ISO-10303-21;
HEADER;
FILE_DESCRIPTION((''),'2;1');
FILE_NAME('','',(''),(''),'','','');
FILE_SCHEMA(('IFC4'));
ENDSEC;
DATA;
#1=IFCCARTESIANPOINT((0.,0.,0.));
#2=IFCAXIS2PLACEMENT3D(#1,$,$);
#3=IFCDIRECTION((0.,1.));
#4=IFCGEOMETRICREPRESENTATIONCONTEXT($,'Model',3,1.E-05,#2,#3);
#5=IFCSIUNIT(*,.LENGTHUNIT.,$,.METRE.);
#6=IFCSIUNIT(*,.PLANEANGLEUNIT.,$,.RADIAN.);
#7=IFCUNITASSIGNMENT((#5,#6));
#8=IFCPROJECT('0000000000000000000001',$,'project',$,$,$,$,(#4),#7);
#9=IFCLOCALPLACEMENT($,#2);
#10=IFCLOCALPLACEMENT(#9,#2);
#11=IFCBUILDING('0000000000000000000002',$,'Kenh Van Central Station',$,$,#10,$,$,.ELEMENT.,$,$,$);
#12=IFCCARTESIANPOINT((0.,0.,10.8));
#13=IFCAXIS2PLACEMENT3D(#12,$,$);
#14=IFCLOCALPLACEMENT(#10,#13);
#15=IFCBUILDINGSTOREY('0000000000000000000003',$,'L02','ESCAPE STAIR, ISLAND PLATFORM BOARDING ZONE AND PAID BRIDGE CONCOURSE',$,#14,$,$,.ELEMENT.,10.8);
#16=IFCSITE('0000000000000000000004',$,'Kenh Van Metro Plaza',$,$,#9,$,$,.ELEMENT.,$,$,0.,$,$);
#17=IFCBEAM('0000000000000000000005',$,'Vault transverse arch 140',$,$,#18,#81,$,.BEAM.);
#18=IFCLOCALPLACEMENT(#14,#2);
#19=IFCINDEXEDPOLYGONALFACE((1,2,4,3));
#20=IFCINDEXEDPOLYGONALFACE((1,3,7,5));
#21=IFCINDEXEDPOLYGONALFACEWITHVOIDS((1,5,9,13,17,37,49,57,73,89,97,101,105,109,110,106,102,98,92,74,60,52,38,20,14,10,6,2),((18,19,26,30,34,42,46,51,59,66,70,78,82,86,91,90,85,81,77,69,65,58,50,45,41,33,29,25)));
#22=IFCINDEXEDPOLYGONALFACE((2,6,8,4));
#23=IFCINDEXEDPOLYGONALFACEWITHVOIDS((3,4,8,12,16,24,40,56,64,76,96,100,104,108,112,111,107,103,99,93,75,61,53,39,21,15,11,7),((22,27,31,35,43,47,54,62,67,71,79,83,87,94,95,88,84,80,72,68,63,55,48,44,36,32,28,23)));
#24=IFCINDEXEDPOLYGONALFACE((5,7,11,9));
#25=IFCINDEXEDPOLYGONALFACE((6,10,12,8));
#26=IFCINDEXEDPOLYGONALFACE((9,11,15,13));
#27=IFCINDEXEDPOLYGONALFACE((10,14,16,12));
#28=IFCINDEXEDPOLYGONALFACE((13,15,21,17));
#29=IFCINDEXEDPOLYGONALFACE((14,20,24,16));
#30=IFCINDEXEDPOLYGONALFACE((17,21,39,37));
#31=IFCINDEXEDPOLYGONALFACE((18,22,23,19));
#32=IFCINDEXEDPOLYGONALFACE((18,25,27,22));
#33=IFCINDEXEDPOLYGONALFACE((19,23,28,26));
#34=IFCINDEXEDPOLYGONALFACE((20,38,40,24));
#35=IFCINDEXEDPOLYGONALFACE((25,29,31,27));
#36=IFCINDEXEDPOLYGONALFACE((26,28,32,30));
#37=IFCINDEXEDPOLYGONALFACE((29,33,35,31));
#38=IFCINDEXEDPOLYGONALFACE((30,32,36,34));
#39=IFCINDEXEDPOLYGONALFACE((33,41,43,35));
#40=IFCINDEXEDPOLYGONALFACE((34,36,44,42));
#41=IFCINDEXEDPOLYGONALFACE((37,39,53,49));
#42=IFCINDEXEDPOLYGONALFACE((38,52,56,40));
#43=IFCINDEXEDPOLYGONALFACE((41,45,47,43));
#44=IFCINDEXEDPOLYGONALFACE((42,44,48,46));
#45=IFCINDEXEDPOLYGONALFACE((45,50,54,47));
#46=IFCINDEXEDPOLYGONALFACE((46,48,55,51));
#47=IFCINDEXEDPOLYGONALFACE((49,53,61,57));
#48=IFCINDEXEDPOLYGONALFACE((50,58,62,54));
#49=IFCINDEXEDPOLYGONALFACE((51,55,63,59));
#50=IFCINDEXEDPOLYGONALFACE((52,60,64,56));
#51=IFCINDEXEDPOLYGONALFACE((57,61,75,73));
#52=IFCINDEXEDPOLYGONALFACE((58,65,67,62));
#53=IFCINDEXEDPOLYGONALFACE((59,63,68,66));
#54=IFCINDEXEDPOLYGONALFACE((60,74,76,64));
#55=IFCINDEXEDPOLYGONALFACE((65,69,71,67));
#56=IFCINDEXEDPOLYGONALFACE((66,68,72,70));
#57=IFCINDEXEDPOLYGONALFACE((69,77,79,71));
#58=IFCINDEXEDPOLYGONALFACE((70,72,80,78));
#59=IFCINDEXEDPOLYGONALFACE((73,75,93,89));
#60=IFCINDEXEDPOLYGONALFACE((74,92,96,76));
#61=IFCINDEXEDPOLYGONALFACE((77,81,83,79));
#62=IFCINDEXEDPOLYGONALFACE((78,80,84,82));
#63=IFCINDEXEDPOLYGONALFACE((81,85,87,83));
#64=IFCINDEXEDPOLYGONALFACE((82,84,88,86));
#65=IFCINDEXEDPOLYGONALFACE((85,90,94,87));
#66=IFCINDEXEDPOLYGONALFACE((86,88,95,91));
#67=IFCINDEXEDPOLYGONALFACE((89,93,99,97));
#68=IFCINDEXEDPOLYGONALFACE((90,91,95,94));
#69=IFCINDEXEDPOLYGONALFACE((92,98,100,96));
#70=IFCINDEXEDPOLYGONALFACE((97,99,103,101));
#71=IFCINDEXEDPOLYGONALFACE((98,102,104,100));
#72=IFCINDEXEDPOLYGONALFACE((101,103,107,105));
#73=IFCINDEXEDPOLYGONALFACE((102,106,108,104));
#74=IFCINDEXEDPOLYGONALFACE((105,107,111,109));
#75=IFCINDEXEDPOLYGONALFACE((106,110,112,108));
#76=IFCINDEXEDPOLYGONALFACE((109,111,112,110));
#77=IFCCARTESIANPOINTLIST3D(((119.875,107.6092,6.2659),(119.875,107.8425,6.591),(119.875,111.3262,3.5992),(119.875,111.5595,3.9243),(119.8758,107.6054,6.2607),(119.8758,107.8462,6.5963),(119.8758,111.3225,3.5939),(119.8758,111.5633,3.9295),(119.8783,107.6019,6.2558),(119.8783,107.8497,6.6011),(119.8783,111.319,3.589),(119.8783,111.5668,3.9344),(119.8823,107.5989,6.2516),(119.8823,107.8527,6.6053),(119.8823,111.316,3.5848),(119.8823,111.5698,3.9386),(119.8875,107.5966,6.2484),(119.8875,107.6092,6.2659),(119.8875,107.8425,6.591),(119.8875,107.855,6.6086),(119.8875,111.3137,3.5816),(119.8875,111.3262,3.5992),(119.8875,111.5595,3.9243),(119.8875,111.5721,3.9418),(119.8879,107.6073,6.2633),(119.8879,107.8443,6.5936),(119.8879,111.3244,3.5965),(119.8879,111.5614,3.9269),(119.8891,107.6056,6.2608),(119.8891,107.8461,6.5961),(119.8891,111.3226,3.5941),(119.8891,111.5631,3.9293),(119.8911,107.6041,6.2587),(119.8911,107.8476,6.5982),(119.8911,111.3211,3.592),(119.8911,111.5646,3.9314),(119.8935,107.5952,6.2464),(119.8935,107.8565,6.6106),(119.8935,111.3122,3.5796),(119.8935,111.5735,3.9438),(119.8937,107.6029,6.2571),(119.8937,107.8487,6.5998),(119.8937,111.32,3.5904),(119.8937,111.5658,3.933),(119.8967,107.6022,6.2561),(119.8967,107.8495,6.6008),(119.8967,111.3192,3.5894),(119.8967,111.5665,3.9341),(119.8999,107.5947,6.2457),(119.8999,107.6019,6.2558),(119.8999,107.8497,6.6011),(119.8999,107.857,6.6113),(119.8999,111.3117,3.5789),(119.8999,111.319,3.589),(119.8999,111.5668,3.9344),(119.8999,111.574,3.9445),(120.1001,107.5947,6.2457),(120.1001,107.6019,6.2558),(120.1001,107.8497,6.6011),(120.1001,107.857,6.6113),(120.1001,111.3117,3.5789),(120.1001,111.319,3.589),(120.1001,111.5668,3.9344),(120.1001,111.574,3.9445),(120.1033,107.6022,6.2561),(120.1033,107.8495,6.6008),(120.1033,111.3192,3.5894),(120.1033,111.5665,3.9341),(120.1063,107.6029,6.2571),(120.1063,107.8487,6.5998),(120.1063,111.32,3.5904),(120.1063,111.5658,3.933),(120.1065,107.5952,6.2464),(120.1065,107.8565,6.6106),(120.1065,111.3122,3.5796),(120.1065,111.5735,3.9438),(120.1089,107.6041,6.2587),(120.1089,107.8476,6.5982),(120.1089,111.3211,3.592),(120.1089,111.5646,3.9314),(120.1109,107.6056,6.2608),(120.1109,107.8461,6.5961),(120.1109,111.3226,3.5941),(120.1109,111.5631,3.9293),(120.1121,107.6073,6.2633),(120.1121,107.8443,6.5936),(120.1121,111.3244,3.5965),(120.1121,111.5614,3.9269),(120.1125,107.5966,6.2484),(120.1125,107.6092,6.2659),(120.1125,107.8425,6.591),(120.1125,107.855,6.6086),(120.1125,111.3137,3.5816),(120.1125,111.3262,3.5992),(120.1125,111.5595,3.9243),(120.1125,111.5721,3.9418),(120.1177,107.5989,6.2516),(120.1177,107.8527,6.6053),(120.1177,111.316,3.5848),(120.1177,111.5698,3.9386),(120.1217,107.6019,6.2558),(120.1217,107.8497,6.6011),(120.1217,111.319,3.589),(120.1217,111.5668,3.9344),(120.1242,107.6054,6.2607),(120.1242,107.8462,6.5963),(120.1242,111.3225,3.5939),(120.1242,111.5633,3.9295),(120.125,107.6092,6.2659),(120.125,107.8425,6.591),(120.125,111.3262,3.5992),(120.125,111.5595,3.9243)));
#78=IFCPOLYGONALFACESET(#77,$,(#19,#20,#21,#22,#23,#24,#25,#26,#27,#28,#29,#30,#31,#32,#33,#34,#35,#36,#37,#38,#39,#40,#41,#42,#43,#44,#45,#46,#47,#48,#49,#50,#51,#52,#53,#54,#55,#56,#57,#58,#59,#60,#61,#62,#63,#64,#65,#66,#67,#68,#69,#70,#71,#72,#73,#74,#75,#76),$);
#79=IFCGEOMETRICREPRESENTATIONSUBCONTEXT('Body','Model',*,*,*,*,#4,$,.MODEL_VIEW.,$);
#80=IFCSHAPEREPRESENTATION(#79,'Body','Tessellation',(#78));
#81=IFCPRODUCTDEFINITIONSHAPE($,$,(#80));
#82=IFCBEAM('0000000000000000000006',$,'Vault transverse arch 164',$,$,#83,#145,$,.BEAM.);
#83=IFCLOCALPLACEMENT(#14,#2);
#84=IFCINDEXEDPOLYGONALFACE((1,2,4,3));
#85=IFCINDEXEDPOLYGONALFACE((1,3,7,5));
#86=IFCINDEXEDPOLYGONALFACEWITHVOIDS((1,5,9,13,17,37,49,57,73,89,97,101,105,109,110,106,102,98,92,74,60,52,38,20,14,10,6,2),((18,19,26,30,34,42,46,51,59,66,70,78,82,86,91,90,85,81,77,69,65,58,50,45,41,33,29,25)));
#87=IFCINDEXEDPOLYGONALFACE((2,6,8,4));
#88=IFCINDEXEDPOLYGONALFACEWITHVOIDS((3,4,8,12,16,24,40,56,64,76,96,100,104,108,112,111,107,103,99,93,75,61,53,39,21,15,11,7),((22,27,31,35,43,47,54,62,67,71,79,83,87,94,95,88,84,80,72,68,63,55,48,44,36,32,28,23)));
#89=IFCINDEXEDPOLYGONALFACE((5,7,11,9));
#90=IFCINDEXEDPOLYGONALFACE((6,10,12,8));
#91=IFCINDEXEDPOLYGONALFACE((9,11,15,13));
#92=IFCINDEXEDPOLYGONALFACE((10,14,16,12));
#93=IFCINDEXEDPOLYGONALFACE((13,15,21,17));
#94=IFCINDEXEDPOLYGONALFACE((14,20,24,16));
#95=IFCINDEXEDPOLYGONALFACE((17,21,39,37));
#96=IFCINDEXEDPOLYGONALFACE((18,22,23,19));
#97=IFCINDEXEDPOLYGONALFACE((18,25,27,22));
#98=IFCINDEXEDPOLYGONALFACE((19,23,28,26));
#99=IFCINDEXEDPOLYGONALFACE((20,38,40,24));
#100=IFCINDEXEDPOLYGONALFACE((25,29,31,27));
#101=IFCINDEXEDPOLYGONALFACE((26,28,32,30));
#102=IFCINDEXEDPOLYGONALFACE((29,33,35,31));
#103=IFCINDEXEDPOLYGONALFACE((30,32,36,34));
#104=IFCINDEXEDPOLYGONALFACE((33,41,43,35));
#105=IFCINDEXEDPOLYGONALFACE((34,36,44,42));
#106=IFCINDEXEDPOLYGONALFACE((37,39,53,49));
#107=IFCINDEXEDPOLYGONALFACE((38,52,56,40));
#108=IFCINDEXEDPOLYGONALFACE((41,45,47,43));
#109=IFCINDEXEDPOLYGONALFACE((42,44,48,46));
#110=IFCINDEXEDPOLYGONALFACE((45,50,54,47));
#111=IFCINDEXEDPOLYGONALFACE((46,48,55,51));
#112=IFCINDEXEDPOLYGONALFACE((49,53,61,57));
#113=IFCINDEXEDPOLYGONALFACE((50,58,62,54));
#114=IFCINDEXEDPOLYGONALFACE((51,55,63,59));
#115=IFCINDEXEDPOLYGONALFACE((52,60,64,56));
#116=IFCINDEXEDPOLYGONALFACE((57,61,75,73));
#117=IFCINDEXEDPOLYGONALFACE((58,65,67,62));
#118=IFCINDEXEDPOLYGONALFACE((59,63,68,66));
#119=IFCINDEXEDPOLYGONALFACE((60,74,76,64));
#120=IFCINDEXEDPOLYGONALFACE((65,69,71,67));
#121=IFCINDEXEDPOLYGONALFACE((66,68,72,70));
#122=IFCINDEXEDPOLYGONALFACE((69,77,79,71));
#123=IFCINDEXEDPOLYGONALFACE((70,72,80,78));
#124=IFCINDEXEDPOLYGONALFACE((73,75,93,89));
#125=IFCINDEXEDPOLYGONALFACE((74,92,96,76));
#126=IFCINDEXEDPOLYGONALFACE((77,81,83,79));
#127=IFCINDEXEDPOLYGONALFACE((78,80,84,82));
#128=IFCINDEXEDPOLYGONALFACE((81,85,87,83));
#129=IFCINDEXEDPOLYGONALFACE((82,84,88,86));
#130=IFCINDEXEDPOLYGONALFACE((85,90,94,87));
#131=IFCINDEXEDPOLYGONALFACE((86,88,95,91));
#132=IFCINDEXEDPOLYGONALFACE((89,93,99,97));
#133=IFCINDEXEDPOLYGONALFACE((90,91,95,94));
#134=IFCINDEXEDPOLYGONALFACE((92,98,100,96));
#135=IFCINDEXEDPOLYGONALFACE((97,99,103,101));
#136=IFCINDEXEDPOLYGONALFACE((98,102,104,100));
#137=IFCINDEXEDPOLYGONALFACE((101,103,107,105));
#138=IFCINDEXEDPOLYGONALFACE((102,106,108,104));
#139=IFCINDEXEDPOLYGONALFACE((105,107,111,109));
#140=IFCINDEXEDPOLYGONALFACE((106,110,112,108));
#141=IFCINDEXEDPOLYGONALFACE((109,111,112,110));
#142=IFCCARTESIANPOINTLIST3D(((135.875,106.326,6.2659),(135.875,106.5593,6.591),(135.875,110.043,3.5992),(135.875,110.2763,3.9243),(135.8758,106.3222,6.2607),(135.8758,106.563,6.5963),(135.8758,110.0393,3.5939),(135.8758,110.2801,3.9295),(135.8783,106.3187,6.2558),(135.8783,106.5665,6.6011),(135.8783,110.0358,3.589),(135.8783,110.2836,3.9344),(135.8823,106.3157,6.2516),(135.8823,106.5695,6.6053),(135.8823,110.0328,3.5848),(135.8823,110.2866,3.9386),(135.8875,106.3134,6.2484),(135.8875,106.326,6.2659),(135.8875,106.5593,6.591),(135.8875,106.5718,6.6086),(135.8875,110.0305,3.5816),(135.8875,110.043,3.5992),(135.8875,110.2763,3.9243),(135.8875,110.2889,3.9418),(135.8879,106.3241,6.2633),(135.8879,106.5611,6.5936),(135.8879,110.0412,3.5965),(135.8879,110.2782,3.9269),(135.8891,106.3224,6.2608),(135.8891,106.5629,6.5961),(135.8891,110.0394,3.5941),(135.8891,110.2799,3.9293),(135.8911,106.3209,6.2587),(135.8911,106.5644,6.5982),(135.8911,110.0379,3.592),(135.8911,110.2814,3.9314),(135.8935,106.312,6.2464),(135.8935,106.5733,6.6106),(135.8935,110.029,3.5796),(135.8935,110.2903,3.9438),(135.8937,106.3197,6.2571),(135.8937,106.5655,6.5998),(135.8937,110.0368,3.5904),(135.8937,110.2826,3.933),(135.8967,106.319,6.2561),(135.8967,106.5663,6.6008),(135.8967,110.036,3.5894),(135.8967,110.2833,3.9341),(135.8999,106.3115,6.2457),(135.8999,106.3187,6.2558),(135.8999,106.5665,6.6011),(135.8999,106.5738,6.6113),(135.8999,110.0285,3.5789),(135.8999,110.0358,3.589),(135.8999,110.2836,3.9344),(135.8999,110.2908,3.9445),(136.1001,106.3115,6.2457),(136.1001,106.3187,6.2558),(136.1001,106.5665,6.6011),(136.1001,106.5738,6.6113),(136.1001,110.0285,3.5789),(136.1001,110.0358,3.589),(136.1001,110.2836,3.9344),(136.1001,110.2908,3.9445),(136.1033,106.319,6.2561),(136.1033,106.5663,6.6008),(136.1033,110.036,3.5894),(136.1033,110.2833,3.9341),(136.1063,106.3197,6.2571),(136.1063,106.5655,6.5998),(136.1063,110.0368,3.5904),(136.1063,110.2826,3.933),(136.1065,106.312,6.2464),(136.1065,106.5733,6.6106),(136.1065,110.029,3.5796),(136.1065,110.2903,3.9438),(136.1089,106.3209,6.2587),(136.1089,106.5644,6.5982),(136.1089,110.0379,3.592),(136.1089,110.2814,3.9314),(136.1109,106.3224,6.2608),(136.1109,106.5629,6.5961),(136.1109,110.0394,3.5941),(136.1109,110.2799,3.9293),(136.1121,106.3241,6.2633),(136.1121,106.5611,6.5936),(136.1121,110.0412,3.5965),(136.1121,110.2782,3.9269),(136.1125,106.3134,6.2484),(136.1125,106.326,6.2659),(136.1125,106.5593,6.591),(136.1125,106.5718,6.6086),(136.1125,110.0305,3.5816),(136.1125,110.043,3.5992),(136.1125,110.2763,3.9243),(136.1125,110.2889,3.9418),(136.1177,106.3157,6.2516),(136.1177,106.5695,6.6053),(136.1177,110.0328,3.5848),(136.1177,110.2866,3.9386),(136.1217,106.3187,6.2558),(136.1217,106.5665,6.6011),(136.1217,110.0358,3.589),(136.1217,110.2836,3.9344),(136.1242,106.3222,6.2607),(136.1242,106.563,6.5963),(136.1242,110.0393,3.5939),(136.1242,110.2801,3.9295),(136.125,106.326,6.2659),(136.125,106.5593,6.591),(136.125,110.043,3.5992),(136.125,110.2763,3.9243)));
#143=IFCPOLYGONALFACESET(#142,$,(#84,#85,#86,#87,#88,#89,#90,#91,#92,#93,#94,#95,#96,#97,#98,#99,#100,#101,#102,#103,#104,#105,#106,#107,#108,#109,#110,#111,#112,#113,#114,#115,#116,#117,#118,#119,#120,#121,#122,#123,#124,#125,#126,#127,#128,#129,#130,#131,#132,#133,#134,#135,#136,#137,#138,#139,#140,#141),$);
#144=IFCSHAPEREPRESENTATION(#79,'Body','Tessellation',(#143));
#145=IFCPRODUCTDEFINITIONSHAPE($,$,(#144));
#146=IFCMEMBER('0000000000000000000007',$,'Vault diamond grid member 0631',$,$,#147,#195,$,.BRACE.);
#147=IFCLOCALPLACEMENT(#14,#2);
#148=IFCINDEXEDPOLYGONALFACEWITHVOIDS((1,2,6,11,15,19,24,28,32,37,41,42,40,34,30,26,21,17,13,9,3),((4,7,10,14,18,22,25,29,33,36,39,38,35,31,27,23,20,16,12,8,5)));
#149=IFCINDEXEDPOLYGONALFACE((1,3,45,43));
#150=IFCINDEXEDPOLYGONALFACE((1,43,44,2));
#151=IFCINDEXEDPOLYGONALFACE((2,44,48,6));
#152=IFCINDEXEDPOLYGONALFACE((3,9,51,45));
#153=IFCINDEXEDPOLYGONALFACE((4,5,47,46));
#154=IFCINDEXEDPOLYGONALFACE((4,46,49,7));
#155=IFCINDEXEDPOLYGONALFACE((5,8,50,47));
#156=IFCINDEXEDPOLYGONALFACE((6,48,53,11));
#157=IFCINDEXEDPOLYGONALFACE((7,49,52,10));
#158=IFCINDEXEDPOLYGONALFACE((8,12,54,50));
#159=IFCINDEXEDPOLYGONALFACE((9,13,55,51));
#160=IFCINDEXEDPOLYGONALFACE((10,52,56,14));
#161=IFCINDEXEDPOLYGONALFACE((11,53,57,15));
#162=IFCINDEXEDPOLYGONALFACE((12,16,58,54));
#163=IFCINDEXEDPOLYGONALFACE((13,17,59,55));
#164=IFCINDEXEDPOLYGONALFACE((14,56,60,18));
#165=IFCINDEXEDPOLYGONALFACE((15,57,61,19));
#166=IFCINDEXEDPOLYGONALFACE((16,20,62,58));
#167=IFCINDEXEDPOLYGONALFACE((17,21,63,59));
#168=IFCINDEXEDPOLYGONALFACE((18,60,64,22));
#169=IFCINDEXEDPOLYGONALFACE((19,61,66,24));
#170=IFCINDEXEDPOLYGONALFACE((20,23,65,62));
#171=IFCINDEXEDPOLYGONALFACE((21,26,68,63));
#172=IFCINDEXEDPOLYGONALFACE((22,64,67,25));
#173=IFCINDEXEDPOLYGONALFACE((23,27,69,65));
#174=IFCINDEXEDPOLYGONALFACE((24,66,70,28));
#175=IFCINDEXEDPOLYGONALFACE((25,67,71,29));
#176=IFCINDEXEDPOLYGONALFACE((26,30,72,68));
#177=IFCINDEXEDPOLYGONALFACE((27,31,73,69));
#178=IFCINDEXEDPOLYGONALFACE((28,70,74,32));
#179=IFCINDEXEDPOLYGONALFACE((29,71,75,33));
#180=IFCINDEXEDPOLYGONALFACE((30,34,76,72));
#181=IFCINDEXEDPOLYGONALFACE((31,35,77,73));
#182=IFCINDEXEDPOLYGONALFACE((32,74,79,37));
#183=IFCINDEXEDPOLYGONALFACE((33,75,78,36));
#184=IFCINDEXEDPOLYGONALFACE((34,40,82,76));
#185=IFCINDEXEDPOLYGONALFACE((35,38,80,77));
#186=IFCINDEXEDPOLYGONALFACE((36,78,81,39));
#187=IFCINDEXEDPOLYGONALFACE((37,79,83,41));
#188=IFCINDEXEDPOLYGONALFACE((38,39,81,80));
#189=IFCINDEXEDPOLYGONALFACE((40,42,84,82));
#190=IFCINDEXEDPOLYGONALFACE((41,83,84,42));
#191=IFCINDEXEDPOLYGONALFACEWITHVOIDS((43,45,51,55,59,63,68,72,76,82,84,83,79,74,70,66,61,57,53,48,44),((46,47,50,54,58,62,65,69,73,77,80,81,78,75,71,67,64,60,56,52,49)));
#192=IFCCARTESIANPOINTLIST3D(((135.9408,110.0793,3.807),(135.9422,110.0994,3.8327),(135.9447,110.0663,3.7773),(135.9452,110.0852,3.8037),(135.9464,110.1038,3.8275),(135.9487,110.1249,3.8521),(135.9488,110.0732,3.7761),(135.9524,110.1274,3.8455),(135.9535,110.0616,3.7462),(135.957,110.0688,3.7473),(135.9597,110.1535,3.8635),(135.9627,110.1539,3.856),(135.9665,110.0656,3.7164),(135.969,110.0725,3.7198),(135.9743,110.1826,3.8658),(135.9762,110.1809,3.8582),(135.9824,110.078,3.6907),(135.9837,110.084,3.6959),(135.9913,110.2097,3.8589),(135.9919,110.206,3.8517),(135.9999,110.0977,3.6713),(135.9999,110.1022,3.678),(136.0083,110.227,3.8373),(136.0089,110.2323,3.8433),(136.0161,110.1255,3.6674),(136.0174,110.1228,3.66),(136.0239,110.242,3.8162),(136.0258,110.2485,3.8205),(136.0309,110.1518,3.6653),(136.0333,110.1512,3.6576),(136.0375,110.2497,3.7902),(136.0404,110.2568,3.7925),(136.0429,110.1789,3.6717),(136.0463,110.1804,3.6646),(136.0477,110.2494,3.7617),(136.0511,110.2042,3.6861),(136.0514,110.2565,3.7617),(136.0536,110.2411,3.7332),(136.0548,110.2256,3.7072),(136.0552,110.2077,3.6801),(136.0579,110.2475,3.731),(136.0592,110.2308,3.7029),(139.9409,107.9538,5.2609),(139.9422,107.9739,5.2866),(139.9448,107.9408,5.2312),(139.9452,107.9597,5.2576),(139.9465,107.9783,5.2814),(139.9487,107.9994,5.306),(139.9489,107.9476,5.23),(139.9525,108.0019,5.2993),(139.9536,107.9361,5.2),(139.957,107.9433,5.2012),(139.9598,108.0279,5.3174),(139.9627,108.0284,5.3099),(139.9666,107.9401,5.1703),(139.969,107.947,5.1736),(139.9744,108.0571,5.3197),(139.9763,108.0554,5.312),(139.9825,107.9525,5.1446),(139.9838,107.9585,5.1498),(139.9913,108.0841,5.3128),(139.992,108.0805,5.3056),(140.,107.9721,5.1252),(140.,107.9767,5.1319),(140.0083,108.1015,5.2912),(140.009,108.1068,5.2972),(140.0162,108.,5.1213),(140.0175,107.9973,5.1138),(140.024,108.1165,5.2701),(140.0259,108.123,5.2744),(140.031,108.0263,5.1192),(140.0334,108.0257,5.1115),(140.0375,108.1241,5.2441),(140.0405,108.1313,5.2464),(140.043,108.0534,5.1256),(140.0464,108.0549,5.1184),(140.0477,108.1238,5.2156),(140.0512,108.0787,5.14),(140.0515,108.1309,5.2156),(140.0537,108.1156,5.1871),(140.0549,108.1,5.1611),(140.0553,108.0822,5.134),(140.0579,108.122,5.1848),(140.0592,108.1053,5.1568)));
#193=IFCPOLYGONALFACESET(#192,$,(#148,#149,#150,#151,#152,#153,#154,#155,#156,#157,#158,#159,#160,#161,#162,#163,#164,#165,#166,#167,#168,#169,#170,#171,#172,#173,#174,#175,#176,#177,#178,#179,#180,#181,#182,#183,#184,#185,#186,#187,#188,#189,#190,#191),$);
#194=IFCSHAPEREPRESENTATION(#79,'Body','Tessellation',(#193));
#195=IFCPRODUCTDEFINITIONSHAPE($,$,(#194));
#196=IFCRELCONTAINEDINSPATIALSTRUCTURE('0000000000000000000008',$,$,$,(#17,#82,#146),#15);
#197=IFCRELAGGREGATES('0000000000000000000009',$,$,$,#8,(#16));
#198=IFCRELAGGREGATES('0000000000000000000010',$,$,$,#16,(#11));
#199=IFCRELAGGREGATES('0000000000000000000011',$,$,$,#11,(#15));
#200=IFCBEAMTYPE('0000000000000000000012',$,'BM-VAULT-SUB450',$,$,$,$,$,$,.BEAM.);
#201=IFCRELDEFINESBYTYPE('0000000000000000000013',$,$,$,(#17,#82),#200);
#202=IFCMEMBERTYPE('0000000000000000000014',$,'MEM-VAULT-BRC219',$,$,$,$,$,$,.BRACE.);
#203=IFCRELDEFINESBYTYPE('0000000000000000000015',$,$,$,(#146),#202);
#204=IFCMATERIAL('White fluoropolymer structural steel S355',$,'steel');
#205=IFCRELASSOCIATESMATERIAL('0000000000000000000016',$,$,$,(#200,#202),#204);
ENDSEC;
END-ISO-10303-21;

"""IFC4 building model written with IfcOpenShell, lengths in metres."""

from ifc_helpers import new_model, si_unit, direction, frame, origin, origin_2d, place, context, subcontext, project, spatial, hollow_rectangle, hollow_circle, extrude, material, material_profile, profile_set, type_object, element, save


model = new_model("IFC4")

# Units and contexts
model_context = context("Model", 3, precision=1e-05, world=origin(), true_north=direction((0.0, 1.0)))
body_context = subcontext(model_context, "Body", "Model", "MODEL_VIEW")
ifc_project = project(units=[si_unit("LENGTHUNIT", "METRE"), si_unit("PLANEANGLEUNIT", "RADIAN")], contexts=[model_context])

# Site, building, storey
site_placement = place(None, origin())
site = spatial("IfcSite", under=ifc_project, at=site_placement, Name="Kenh Van Metro Plaza", CompositionType="ELEMENT", RefElevation=0.0)
building_placement = place(site_placement, origin())
building = spatial("IfcBuilding", under=site, at=building_placement, Name="Kenh Van Central Station", CompositionType="ELEMENT")
storey_placement = place(building_placement, frame((0.0, 0.0, 10.8)))
storey = spatial("IfcBuildingStorey", under=building, at=storey_placement, Name="L02", Description="ESCAPE STAIR, ISLAND PLATFORM BOARDING ZONE AND PAID BRIDGE CONCOURSE", CompositionType="ELEMENT", Elevation=10.8)

# Beams
ifc_material_1 = material(Name="White fluoropolymer structural steel S355", Category="steel")
ifc_material_profile_1 = material_profile(ifc_material_1, hollow_rectangle(XDim=0.25, YDim=0.45, WallThickness=0.0125, InnerFilletRadius=0.0125, OuterFilletRadius=0.0249, at=origin_2d()), Name="RHS 450x250x12.5")
ifc_profile_set_1 = profile_set([ifc_material_profile_1], Name="White fluoropolymer structural steel S355")
beam_type_1 = type_object("IfcBeamType", Name="BM-VAULT-SUB450", PredefinedType="BEAM", material=ifc_profile_set_1)
for number, where, z_axis, x_axis, name in (
    (1, (120.0, 107.7258, 6.4285), (0.0, 0.81252, -0.582933), (-1.0, 0.0, 0.0), "Vault transverse arch 140"),
    (2, (136.0, 106.4426, 6.4285), (0.0, 0.81252, -0.582933), (-1.0, 0.0, 0.0), "Vault transverse arch 164"),
):
    element("IfcBeam", number, at=place(storey_placement, frame(where, z_axis=z_axis, x_axis=x_axis)), inside=storey, type_object=beam_type_1, Name=name, PredefinedType="BEAM", context=body_context, shape_type="SweptSolid", body=[
        extrude(hollow_rectangle(XDim=0.25, YDim=0.45, WallThickness=0.0125, InnerFilletRadius=0.0125, OuterFilletRadius=0.0249, at=origin_2d()), origin(), (0.0, 0.0, 1.0), 4.5747),
    ])

# Member
ifc_material_profile_2 = material_profile(ifc_material_1, hollow_circle(Radius=0.1096, WallThickness=0.0081, at=origin_2d()), Name="CHS 219.1x8")
ifc_profile_set_2 = profile_set([ifc_material_profile_2], Name="White fluoropolymer structural steel S355")
member_type_1 = type_object("IfcMemberType", Name="MEM-VAULT-BRC219", PredefinedType="BRACE", material=ifc_profile_set_2)
member_1_placement = place(storey_placement, frame((136.0, 110.1597, 3.7617), z_axis=(0.840822, -0.44679, 0.305609), x_axis=(0.469239, 0.883071, 0.0)))
element("IfcMember", 3, at=member_1_placement, inside=storey, type_object=member_type_1, Name="Vault diamond grid member 0631", PredefinedType="BRACE", context=body_context, shape_type="SweptSolid", body=[
    extrude(hollow_circle(Radius=0.1096, WallThickness=0.0081, at=origin_2d()), origin(), (0.0, 0.0, 1.0), 4.7573),
])

save(model, "model.ifc")
